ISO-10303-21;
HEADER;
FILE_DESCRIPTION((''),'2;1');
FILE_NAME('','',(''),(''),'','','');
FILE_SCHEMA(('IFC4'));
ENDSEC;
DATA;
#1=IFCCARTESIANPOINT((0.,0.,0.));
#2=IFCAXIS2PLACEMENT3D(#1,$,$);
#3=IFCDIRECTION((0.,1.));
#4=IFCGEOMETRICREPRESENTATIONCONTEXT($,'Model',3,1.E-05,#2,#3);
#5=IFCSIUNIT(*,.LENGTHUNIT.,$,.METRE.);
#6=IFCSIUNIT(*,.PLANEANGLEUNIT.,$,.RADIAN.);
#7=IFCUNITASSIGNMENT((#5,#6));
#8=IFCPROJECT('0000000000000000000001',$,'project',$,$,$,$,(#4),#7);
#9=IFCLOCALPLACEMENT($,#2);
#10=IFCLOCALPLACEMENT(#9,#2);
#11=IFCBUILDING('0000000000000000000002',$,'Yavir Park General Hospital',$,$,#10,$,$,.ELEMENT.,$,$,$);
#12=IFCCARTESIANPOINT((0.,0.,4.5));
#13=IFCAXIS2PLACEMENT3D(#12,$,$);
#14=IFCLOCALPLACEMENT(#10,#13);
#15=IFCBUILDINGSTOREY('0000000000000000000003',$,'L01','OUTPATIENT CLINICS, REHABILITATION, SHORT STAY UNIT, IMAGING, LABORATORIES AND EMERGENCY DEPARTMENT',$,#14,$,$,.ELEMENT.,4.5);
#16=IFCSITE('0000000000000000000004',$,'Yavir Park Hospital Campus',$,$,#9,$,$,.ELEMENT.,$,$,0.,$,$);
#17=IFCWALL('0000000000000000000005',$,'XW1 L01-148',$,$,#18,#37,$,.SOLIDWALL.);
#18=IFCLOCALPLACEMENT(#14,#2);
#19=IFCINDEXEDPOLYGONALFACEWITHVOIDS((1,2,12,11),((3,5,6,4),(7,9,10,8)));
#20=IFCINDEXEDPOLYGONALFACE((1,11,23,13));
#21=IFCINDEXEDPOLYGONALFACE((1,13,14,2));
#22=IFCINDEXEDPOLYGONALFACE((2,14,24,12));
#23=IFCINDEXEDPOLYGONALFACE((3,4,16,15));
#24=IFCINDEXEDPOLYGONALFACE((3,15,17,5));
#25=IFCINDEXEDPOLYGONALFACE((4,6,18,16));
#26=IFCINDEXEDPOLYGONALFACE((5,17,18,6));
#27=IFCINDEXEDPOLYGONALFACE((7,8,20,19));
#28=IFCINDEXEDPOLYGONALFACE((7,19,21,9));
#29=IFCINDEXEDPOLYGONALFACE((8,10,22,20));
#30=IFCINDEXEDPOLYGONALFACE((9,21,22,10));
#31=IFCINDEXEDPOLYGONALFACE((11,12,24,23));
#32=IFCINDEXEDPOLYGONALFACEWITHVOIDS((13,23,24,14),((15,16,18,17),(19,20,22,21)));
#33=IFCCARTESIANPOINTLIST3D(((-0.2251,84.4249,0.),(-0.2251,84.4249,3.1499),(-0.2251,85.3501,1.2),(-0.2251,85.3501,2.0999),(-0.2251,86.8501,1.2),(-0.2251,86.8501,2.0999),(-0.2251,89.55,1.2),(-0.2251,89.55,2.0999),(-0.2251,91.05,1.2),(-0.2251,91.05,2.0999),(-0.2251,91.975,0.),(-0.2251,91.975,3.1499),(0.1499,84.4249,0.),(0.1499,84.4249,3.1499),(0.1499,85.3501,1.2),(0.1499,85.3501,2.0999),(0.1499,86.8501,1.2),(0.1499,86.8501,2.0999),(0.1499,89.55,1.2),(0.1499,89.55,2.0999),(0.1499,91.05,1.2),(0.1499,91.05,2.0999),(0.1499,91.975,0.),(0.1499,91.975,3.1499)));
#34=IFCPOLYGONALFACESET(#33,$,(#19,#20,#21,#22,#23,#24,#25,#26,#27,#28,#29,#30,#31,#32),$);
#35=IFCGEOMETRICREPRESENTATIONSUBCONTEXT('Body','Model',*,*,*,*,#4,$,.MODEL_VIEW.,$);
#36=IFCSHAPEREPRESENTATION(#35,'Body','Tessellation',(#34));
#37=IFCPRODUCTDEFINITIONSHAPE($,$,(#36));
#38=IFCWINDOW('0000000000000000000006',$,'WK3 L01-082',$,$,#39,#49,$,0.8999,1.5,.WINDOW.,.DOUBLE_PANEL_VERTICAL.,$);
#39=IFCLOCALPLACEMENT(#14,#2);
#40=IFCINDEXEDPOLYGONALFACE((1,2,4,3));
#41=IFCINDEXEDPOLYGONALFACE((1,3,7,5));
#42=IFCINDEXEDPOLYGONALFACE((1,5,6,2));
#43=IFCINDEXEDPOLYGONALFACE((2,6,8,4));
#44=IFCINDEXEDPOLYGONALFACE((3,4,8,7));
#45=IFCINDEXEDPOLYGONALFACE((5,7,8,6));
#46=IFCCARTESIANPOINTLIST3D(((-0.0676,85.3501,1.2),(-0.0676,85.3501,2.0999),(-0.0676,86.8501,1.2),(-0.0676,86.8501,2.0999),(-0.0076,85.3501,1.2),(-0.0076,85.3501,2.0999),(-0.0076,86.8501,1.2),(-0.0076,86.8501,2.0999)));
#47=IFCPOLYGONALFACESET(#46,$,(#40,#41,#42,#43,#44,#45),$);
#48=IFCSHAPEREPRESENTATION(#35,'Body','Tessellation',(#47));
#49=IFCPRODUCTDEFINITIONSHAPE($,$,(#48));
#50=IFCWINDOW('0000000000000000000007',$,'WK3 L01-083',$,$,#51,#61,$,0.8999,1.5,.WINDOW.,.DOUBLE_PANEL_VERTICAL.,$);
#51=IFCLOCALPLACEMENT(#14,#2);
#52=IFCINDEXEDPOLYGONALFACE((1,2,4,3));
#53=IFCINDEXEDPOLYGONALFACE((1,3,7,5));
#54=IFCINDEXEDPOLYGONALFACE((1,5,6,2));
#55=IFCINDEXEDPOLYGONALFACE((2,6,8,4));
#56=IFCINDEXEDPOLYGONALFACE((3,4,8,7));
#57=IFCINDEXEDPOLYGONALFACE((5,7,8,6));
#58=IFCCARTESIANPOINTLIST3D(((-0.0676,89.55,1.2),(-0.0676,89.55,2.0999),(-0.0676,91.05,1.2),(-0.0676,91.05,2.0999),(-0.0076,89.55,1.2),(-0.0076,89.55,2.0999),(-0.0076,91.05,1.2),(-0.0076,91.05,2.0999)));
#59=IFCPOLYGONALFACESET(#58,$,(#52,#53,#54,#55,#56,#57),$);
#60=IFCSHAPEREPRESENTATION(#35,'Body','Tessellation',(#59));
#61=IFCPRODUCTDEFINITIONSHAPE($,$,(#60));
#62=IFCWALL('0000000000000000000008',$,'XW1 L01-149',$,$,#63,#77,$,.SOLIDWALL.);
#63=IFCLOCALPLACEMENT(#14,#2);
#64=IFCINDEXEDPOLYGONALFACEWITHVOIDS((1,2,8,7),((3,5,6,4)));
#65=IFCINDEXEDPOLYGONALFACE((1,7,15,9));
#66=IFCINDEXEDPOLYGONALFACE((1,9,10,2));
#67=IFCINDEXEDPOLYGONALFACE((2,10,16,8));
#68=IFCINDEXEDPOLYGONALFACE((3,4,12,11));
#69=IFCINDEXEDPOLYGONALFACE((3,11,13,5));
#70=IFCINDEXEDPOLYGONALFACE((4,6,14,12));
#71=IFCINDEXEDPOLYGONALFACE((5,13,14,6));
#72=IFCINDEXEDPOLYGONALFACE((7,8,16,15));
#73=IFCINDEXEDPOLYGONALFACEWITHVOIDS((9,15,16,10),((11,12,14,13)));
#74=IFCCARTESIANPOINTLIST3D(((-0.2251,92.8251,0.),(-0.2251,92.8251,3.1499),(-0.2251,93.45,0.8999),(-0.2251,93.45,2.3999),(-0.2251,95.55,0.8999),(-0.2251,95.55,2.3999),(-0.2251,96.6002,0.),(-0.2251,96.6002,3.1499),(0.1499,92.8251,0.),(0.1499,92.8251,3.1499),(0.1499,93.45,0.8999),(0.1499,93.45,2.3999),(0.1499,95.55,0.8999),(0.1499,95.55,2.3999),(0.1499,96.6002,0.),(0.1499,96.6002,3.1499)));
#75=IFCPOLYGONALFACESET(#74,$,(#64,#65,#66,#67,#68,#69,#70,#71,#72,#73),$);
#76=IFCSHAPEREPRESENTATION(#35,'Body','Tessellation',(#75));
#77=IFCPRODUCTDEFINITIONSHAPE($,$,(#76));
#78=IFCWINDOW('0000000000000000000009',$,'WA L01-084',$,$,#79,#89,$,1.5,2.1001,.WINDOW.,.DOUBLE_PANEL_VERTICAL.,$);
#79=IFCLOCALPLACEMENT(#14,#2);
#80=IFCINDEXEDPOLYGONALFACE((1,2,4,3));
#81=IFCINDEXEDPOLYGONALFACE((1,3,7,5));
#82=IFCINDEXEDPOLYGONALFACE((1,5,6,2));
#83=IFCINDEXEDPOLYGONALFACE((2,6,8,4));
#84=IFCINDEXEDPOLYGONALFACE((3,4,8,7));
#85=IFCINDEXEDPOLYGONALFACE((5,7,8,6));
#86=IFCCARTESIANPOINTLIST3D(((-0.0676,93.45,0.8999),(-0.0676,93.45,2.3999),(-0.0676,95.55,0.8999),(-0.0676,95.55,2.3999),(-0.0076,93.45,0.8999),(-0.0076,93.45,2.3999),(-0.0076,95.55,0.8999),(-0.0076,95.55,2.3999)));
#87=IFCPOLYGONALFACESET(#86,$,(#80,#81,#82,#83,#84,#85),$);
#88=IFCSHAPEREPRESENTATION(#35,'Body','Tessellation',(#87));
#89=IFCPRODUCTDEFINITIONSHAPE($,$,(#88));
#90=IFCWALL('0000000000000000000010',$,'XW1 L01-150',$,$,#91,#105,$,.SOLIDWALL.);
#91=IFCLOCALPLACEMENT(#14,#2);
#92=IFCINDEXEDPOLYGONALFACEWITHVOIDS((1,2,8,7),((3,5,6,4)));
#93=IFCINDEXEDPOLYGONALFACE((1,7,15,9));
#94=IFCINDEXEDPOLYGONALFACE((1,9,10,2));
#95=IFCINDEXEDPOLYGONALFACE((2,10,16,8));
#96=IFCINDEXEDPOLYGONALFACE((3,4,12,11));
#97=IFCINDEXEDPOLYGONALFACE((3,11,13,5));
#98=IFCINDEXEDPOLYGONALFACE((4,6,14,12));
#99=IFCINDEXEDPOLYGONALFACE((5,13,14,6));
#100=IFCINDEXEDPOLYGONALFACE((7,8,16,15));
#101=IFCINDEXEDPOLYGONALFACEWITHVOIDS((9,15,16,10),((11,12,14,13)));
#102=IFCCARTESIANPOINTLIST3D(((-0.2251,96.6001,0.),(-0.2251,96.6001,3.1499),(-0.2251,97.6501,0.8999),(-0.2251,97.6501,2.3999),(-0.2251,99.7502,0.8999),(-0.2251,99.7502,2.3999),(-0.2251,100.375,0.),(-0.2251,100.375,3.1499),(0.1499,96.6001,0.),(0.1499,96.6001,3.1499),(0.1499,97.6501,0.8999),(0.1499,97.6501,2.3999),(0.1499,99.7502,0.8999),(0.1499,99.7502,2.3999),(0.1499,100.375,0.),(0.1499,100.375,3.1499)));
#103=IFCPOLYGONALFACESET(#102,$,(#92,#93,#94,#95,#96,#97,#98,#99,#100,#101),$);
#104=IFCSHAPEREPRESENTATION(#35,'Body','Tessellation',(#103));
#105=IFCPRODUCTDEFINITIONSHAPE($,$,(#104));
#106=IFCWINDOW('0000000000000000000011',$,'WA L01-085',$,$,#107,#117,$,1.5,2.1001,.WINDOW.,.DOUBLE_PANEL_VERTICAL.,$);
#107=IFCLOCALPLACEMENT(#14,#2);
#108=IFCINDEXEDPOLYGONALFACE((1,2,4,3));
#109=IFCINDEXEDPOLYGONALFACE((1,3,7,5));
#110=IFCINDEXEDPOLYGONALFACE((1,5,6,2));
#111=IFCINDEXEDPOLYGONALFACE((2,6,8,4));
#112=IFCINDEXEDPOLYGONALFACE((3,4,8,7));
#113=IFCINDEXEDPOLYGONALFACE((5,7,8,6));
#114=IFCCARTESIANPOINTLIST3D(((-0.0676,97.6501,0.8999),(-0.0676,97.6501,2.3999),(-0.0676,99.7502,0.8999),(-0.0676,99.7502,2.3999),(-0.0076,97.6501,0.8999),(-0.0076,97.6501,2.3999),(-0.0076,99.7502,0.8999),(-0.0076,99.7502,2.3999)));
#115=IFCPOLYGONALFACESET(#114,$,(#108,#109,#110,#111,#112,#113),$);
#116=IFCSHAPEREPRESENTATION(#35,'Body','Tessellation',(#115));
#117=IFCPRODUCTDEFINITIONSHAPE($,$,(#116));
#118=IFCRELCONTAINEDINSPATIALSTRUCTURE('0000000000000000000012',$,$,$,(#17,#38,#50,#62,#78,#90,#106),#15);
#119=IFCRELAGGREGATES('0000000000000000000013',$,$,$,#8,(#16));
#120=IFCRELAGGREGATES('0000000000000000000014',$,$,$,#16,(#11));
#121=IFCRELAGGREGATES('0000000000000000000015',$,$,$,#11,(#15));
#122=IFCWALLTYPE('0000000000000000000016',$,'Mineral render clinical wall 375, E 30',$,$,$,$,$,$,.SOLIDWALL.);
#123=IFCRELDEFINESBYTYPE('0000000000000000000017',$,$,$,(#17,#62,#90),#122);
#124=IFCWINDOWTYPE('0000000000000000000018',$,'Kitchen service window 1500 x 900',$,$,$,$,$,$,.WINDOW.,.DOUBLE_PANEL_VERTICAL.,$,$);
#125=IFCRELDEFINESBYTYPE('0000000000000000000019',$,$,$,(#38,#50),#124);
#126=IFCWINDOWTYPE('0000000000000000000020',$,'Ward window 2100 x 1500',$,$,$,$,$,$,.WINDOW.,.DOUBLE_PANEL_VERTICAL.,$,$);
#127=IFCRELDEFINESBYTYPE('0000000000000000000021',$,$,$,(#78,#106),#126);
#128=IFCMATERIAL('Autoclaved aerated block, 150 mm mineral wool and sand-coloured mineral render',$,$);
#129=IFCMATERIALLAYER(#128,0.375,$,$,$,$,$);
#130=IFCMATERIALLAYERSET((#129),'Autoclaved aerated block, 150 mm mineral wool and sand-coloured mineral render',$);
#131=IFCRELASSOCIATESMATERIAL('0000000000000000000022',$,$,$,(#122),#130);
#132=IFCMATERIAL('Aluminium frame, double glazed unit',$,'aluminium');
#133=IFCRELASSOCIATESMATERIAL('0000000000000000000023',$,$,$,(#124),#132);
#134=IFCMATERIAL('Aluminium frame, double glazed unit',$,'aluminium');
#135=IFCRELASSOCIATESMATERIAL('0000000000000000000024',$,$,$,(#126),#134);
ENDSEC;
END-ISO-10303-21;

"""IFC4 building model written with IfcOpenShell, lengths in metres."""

from ifc_helpers import new_model, si_unit, direction, frame, frame_2d, origin, place, context, subcontext, project, spatial, rectangle, extrude, material, layer, layer_set, type_object, element, fill, save


model = new_model("IFC4")

# Units and contexts
model_context = context("Model", 3, precision=1e-05, world=origin(), true_north=direction((0.0, 1.0)))
body_context = subcontext(model_context, "Body", "Model", "MODEL_VIEW")
ifc_project = project(units=[si_unit("LENGTHUNIT", "METRE"), si_unit("PLANEANGLEUNIT", "RADIAN")], contexts=[model_context])

# Site, building, storey
site_placement = place(None, origin())
site = spatial("IfcSite", under=ifc_project, at=site_placement, Name="Yavir Park Hospital Campus", CompositionType="ELEMENT", RefElevation=0.0)
building_placement = place(site_placement, origin())
building = spatial("IfcBuilding", under=site, at=building_placement, Name="Yavir Park General Hospital", CompositionType="ELEMENT")
storey_placement = place(building_placement, frame((0.0, 0.0, 4.5)))
storey = spatial("IfcBuildingStorey", under=building, at=storey_placement, Name="L01", Description="OUTPATIENT CLINICS, REHABILITATION, SHORT STAY UNIT, IMAGING, LABORATORIES AND EMERGENCY DEPARTMENT", CompositionType="ELEMENT", Elevation=4.5)

# Wall, openings, windows
ifc_material_1 = material(Name="Autoclaved aerated block, 150 mm mineral wool and sand-coloured mineral render")
ifc_layer_1 = layer(ifc_material_1, 0.375)
ifc_layer_set_1 = layer_set([ifc_layer_1], Name="Autoclaved aerated block, 150 mm mineral wool and sand-coloured mineral render")
wall_type_1 = type_object("IfcWallType", Name="Mineral render clinical wall 375, E 30", PredefinedType="SOLIDWALL", material=ifc_layer_set_1)
wall_1_placement = place(storey_placement, frame((-0.0376, 84.425, 0.0), z_axis=(0.0, 0.0, 1.0), x_axis=(0.0, 1.0, 0.0)))
wall_1 = element("IfcWall", 1, at=wall_1_placement, inside=storey, type_object=wall_type_1, Name="XW1 L01-148", PredefinedType="SOLIDWALL", context=body_context, shape_type="SweptSolid", body=[
    extrude(rectangle(XDim=7.55, YDim=0.375, at=frame_2d((3.7749, 0.0))), origin(), (0.0, 0.0, 1.0), 3.1499),
])
opening_1_placement = place(wall_1_placement, frame((0.925, 0.0, 1.2)))
opening_1 = element("IfcOpeningElement", 2, at=opening_1_placement, cuts=wall_1, PredefinedType="OPENING", context=body_context, shape_type="SweptSolid", body=[
    extrude(rectangle(XDim=1.5, YDim=0.8999, at=frame_2d((0.75, 0.45))), frame((0.0, 0.1975, 0.0), z_axis=(0.0, -1.0, 0.0), x_axis=(1.0, 0.0, 0.0)), (0.0, 0.0, 1.0), 0.395),
])
opening_2_placement = place(wall_1_placement, frame((5.125, 0.0, 1.2)))
opening_2 = element("IfcOpeningElement", 3, at=opening_2_placement, cuts=wall_1, PredefinedType="OPENING", context=body_context, shape_type="SweptSolid", body=[
    extrude(rectangle(XDim=1.5, YDim=0.8999, at=frame_2d((0.75, 0.45))), frame((0.0, 0.1975, 0.0), z_axis=(0.0, -1.0, 0.0), x_axis=(1.0, 0.0, 0.0)), (0.0, 0.0, 1.0), 0.395),
])
ifc_material_2 = material(Name="Aluminium frame, double glazed unit", Category="aluminium")
window_type_1 = type_object("IfcWindowType", Name="Kitchen service window 1500 x 900", PartitioningType="DOUBLE_PANEL_VERTICAL", PredefinedType="WINDOW", material=ifc_material_2)
window_1_placement = place(opening_1_placement, origin())
window_1 = element("IfcWindow", 4, at=window_1_placement, inside=storey, type_object=window_type_1, Name="WK3 L01-082", OverallHeight=0.8999, OverallWidth=1.5, PartitioningType="DOUBLE_PANEL_VERTICAL", PredefinedType="WINDOW", context=body_context, shape_type="SweptSolid", body=[
    extrude(rectangle(XDim=1.5, YDim=0.8999, at=frame_2d((0.75, 0.45))), frame((0.0, 0.03, 0.0), z_axis=(0.0, -1.0, 0.0), x_axis=(1.0, 0.0, 0.0)), (0.0, 0.0, 1.0), 0.0601),
])
fill(opening_1, window_1)
window_2_placement = place(opening_2_placement, origin())
window_2 = element("IfcWindow", 5, at=window_2_placement, inside=storey, type_object=window_type_1, Name="WK3 L01-083", OverallHeight=0.8999, OverallWidth=1.5, PartitioningType="DOUBLE_PANEL_VERTICAL", PredefinedType="WINDOW", context=body_context, shape_type="SweptSolid", body=[
    extrude(rectangle(XDim=1.5, YDim=0.8999, at=frame_2d((0.75, 0.45))), frame((0.0, 0.03, 0.0), z_axis=(0.0, -1.0, 0.0), x_axis=(1.0, 0.0, 0.0)), (0.0, 0.0, 1.0), 0.0601),
])
fill(opening_2, window_2)

# Walls, openings, windows
wall_2_placement = place(storey_placement, frame((-0.0376, 92.825, 0.0), z_axis=(0.0, 0.0, 1.0), x_axis=(0.0, 1.0, 0.0)))
wall_2 = element("IfcWall", 6, at=wall_2_placement, inside=storey, type_object=wall_type_1, Name="XW1 L01-149", PredefinedType="SOLIDWALL", context=body_context, shape_type="SweptSolid", body=[
    extrude(rectangle(XDim=3.7751, YDim=0.375, at=frame_2d((1.8877, 0.0))), origin(), (0.0, 0.0, 1.0), 3.1499),
])
opening_3_placement = place(wall_2_placement, frame((0.625, 0.0, 0.8999)))
opening_3 = element("IfcOpeningElement", 7, at=opening_3_placement, cuts=wall_2, PredefinedType="OPENING", context=body_context, shape_type="SweptSolid", body=[
    extrude(rectangle(XDim=2.1001, YDim=1.5, at=frame_2d((1.05, 0.75))), frame((0.0, 0.1975, 0.0), z_axis=(0.0, -1.0, 0.0), x_axis=(1.0, 0.0, 0.0)), (0.0, 0.0, 1.0), 0.395),
])
ifc_material_3 = material(Name="Aluminium frame, double glazed unit", Category="aluminium")
window_type_2 = type_object("IfcWindowType", Name="Ward window 2100 x 1500", PartitioningType="DOUBLE_PANEL_VERTICAL", PredefinedType="WINDOW", material=ifc_material_3)
window_3_placement = place(opening_3_placement, origin())
window_3 = element("IfcWindow", 8, at=window_3_placement, inside=storey, type_object=window_type_2, Name="WA L01-084", OverallHeight=1.5, OverallWidth=2.1001, PartitioningType="DOUBLE_PANEL_VERTICAL", PredefinedType="WINDOW", context=body_context, shape_type="SweptSolid", body=[
    extrude(rectangle(XDim=2.1001, YDim=1.5, at=frame_2d((1.05, 0.75))), frame((0.0, 0.03, 0.0), z_axis=(0.0, -1.0, 0.0), x_axis=(1.0, 0.0, 0.0)), (0.0, 0.0, 1.0), 0.0601),
])
fill(opening_3, window_3)
wall_3_placement = place(storey_placement, frame((-0.0376, 96.6001, 0.0), z_axis=(0.0, 0.0, 1.0), x_axis=(0.0, 1.0, 0.0)))
wall_3 = element("IfcWall", 9, at=wall_3_placement, inside=storey, type_object=wall_type_1, Name="XW1 L01-150", PredefinedType="SOLIDWALL", context=body_context, shape_type="SweptSolid", body=[
    extrude(rectangle(XDim=3.7749, YDim=0.375, at=frame_2d((1.8875, 0.0))), origin(), (0.0, 0.0, 1.0), 3.1499),
])
opening_4_placement = place(wall_3_placement, frame((1.05, 0.0, 0.8999)))
opening_4 = element("IfcOpeningElement", 10, at=opening_4_placement, cuts=wall_3, PredefinedType="OPENING", context=body_context, shape_type="SweptSolid", body=[
    extrude(rectangle(XDim=2.1001, YDim=1.5, at=frame_2d((1.05, 0.75))), frame((0.0, 0.1975, 0.0), z_axis=(0.0, -1.0, 0.0), x_axis=(1.0, 0.0, 0.0)), (0.0, 0.0, 1.0), 0.395),
])
window_4_placement = place(opening_4_placement, origin())
window_4 = element("IfcWindow", 11, at=window_4_placement, inside=storey, type_object=window_type_2, Name="WA L01-085", OverallHeight=1.5, OverallWidth=2.1001, PartitioningType="DOUBLE_PANEL_VERTICAL", PredefinedType="WINDOW", context=body_context, shape_type="SweptSolid", body=[
    extrude(rectangle(XDim=2.1001, YDim=1.5, at=frame_2d((1.05, 0.75))), frame((0.0, 0.03, 0.0), z_axis=(0.0, -1.0, 0.0), x_axis=(1.0, 0.0, 0.0)), (0.0, 0.0, 1.0), 0.0601),
])
fill(opening_4, window_4)

save(model, "model.ifc")
